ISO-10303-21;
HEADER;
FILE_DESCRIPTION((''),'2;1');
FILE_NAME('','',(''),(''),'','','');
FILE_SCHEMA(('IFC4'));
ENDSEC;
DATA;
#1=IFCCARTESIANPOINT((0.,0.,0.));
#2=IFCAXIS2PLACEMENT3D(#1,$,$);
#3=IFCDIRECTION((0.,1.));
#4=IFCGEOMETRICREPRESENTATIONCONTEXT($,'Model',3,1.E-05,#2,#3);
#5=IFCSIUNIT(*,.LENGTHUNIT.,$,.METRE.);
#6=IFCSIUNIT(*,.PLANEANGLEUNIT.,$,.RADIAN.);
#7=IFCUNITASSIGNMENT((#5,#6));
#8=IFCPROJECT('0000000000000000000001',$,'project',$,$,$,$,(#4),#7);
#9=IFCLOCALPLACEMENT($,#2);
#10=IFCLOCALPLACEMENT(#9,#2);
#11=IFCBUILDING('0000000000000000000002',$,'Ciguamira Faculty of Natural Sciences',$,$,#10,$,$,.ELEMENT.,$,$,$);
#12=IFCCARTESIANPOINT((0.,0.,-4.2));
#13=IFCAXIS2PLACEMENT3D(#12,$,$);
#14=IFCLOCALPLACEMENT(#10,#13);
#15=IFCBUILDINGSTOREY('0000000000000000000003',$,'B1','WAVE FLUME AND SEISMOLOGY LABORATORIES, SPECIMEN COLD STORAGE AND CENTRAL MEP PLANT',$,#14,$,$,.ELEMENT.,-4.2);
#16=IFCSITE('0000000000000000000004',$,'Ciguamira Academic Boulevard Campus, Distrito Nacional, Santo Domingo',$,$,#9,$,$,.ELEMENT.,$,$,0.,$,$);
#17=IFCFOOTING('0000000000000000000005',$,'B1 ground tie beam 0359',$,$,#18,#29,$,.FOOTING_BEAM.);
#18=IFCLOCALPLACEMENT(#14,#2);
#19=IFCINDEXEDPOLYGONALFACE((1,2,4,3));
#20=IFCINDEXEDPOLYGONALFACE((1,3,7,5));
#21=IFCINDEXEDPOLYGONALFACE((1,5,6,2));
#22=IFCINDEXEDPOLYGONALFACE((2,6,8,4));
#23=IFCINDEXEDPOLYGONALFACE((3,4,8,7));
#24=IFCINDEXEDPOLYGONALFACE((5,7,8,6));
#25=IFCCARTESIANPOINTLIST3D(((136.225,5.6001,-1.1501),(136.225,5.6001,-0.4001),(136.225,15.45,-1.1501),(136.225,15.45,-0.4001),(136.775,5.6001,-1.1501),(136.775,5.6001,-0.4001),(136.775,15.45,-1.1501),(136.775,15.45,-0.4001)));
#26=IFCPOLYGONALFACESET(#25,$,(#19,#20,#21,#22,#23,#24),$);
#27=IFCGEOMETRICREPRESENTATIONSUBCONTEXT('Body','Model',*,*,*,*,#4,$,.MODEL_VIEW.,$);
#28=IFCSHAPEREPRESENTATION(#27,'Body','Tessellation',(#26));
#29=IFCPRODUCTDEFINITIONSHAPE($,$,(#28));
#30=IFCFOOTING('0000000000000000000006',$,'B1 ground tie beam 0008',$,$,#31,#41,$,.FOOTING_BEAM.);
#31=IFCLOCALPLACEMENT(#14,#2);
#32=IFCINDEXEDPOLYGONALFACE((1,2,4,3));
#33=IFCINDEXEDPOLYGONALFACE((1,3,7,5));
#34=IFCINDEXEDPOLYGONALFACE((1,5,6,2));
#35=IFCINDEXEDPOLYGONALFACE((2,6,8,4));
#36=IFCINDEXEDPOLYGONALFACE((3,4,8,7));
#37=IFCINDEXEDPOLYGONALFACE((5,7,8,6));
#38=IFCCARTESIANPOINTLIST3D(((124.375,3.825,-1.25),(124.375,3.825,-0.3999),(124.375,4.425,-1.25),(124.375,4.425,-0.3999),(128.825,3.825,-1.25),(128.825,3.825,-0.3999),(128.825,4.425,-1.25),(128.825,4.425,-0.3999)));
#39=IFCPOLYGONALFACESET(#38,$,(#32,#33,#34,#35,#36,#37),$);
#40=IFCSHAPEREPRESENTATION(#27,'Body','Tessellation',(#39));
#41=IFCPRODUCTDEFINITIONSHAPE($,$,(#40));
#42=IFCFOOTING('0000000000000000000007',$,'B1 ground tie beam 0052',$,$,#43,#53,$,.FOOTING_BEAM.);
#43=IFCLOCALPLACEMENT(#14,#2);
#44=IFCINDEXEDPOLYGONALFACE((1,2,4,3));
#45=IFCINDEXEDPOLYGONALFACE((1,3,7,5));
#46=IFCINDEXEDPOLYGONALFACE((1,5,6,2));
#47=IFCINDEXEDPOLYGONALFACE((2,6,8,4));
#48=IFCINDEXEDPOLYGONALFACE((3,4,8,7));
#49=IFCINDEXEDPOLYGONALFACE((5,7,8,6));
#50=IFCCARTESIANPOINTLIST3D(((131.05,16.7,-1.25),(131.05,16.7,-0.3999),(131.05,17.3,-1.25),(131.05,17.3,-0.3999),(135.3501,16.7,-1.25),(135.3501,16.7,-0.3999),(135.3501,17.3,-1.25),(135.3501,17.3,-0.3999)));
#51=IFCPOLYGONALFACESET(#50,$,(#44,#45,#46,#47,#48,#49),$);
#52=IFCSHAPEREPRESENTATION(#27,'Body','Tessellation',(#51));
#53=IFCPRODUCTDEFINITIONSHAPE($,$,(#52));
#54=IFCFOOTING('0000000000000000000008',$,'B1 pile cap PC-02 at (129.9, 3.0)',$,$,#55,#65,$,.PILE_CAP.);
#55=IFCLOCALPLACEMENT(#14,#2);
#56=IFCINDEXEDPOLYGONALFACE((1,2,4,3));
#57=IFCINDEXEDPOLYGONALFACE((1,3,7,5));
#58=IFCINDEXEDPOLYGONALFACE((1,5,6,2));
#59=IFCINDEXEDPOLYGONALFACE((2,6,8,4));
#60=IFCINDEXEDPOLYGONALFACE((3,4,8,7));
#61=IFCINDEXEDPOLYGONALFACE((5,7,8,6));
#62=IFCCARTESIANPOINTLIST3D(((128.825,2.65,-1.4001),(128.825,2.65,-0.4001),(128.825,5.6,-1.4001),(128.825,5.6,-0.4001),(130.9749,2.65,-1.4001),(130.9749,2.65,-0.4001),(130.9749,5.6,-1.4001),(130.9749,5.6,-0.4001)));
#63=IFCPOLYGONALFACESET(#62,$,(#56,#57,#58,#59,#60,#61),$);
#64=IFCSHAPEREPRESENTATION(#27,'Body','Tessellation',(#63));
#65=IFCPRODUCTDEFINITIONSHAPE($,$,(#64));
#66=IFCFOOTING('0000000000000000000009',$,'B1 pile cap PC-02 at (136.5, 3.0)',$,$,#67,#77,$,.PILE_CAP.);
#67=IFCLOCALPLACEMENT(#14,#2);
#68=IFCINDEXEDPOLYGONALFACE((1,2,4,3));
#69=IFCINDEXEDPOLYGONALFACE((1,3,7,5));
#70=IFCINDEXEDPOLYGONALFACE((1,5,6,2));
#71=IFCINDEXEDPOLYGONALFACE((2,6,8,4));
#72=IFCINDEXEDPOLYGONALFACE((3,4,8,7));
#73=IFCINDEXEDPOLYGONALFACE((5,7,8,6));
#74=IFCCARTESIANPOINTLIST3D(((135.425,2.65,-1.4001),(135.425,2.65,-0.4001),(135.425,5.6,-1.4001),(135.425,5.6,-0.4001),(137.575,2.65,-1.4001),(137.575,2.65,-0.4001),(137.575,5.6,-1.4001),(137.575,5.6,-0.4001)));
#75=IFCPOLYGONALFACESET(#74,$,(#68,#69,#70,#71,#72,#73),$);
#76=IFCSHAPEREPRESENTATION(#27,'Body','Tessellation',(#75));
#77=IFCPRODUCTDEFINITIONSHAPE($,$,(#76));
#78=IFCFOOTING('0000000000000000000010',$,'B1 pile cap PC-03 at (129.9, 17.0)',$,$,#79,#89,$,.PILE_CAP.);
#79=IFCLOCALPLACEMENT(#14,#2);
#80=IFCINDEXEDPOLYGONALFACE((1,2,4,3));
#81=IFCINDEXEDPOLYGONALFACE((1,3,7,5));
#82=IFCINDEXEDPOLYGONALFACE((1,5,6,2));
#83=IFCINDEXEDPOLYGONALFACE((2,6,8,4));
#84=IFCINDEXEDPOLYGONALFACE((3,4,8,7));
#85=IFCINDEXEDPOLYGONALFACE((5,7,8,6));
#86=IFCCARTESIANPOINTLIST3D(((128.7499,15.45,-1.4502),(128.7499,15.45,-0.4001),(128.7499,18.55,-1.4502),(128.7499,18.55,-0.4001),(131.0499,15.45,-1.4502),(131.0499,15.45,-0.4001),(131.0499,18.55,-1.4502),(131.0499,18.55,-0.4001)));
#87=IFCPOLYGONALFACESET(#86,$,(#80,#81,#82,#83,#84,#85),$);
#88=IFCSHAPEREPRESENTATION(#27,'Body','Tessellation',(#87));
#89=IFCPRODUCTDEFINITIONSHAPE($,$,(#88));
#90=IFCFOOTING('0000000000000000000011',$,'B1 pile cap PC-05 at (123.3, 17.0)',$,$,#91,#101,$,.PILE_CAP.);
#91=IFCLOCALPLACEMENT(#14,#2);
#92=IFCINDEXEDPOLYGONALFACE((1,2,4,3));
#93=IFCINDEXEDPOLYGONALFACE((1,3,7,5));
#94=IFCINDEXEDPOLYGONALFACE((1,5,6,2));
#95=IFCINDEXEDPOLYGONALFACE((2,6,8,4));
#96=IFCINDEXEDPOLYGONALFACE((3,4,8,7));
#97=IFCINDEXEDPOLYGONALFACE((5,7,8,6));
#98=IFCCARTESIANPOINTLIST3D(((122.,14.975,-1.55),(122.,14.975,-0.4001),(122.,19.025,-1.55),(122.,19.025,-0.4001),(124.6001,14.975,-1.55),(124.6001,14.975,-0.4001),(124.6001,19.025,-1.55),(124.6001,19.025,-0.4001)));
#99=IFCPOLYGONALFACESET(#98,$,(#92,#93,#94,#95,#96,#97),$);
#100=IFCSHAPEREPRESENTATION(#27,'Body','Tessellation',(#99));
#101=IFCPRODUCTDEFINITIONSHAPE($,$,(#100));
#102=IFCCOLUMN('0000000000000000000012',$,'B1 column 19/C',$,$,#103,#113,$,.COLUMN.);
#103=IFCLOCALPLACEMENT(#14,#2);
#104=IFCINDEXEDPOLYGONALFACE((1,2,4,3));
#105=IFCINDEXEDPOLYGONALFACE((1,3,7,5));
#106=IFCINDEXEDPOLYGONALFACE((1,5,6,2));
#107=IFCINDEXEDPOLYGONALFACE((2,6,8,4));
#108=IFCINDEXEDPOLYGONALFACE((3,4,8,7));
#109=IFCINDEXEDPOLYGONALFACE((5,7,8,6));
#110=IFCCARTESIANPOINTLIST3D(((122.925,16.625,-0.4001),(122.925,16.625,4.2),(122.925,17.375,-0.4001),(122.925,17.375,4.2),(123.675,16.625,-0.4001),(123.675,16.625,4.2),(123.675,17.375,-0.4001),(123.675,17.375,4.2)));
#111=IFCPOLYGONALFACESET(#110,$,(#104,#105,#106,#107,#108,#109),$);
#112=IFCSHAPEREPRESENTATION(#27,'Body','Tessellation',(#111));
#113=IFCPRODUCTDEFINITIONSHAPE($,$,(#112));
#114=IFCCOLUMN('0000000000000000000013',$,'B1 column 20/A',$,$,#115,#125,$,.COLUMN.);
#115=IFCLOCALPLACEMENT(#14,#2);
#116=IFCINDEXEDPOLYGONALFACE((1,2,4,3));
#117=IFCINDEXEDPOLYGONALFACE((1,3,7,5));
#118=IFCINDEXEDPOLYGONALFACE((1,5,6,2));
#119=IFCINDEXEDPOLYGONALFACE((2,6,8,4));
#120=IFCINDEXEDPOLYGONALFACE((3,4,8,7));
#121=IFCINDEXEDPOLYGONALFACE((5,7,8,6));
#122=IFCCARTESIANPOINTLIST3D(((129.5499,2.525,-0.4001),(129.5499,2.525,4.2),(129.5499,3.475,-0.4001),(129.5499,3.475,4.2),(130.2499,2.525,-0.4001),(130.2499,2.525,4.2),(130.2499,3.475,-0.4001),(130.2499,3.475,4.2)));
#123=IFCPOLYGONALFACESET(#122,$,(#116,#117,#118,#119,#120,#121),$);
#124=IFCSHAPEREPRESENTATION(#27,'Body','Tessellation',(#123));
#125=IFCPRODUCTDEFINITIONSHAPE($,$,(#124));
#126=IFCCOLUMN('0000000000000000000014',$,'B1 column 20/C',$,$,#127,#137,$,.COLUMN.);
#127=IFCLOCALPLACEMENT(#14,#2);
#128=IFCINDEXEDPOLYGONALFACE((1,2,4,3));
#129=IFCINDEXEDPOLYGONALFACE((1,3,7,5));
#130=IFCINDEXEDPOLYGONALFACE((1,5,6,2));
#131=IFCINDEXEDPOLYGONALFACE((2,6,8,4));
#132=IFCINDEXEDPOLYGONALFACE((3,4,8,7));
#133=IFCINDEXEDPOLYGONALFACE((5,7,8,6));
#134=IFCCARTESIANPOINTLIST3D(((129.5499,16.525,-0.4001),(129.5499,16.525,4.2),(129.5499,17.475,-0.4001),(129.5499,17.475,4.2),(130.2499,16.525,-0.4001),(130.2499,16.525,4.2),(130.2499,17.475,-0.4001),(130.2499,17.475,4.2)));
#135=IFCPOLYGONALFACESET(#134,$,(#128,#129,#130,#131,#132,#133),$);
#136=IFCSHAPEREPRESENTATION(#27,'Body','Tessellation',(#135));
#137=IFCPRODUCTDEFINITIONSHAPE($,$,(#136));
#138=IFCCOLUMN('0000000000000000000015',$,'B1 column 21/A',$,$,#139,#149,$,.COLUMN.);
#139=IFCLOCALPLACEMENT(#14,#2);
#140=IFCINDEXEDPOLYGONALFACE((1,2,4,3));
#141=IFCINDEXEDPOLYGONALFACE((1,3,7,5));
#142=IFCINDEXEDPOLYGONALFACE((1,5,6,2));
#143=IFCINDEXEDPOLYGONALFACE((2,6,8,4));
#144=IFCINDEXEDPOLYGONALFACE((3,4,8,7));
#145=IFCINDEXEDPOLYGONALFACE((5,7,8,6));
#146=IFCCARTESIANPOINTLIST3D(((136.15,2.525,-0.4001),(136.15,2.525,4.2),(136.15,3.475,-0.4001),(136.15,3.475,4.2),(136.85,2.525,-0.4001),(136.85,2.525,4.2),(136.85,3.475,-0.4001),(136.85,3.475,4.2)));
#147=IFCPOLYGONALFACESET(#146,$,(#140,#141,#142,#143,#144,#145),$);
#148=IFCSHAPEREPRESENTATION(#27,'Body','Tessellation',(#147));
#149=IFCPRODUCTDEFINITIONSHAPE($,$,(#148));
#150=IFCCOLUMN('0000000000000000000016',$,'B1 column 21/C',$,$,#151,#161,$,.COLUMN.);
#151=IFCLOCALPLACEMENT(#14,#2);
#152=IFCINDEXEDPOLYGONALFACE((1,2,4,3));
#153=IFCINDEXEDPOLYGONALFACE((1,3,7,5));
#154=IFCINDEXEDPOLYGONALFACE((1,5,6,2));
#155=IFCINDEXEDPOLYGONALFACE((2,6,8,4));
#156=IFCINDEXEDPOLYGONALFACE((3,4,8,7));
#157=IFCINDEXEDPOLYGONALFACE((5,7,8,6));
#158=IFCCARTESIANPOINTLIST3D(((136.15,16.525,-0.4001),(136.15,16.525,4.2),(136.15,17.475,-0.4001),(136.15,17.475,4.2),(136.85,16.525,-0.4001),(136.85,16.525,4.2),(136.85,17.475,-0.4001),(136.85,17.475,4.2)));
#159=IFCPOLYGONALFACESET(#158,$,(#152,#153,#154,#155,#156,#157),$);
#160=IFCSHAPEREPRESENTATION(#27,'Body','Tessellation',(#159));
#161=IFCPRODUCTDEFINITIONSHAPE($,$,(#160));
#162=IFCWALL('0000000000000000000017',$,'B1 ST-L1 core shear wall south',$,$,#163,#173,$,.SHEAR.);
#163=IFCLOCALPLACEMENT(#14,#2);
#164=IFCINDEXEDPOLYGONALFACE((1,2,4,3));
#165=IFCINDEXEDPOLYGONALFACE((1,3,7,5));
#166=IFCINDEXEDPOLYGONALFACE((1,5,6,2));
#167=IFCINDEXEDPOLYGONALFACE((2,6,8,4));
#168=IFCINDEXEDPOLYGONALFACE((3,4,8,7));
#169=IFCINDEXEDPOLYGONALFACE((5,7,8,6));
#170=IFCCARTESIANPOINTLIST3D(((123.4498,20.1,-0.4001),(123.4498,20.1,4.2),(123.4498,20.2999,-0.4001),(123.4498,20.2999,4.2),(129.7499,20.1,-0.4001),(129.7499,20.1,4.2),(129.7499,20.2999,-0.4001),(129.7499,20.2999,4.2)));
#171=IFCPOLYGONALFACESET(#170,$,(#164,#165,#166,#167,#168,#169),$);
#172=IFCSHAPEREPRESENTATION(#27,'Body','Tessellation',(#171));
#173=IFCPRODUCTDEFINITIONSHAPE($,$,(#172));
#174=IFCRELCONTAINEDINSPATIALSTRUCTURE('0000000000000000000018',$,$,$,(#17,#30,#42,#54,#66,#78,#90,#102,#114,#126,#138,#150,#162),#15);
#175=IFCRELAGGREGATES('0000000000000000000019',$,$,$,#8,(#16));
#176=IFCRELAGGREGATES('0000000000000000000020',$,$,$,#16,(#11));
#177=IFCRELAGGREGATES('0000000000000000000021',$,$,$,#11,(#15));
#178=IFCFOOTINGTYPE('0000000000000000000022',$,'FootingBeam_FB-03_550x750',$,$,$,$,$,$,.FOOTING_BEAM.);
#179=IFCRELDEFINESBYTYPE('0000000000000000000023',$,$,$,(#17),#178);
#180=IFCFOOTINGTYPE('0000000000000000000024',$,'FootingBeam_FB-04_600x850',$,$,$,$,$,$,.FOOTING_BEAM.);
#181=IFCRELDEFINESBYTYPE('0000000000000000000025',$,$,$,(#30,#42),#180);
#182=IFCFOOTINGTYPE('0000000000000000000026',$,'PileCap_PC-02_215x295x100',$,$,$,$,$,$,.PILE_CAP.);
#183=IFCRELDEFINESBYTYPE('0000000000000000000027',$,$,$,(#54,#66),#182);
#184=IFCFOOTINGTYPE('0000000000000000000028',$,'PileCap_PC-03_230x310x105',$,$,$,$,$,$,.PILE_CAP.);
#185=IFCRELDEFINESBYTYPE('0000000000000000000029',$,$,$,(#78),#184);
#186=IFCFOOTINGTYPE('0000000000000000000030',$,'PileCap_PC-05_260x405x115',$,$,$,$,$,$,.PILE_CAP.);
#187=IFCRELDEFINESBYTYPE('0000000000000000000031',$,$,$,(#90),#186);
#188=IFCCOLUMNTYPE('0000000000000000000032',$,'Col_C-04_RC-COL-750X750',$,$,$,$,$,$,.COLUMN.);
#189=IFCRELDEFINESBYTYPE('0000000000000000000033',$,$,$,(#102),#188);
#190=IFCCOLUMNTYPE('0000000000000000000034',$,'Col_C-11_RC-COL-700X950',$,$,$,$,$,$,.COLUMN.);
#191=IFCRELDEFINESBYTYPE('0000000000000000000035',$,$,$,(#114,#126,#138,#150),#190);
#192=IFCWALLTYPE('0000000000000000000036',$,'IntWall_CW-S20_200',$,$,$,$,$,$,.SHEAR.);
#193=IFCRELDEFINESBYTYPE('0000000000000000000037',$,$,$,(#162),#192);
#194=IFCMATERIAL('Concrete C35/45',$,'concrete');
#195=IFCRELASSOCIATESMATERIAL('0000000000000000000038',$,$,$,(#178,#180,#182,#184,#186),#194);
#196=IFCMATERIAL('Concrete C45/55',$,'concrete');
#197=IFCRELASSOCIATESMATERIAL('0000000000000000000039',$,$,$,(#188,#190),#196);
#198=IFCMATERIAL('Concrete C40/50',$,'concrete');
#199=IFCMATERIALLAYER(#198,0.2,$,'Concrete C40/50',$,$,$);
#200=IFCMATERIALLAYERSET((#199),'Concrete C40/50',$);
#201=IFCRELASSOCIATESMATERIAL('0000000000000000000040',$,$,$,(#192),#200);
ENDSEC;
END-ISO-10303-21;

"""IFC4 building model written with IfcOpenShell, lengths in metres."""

from ifc_helpers import new_model, si_unit, direction, frame, frame_2d, origin, origin_2d, place, context, subcontext, project, spatial, rectangle, extrude, material, layer, layer_set, material_profile, profile_set, type_object, element, save


model = new_model("IFC4")

# Units and contexts
model_context = context("Model", 3, precision=1e-05, world=origin(), true_north=direction((0.0, 1.0)))
body_context = subcontext(model_context, "Body", "Model", "MODEL_VIEW")
ifc_project = project(units=[si_unit("LENGTHUNIT", "METRE"), si_unit("PLANEANGLEUNIT", "RADIAN")], contexts=[model_context])

# Site, building, storey
site_placement = place(None, origin())
site = spatial("IfcSite", under=ifc_project, at=site_placement, Name="Ciguamira Academic Boulevard Campus, Distrito Nacional, Santo Domingo", CompositionType="ELEMENT", RefElevation=0.0)
building_placement = place(site_placement, origin())
building = spatial("IfcBuilding", under=site, at=building_placement, Name="Ciguamira Faculty of Natural Sciences", CompositionType="ELEMENT")
storey_placement = place(building_placement, frame((0.0, 0.0, -4.2)))
storey = spatial("IfcBuildingStorey", under=building, at=storey_placement, Name="B1", Description="WAVE FLUME AND SEISMOLOGY LABORATORIES, SPECIMEN COLD STORAGE AND CENTRAL MEP PLANT", CompositionType="ELEMENT", Elevation=-4.2)

# Shared definitions
ifc_material_1 = material(Name="Concrete C35/45", Category="concrete")

# Footings
ifc_material_profile_1 = material_profile(ifc_material_1, rectangle(XDim=0.55, YDim=0.75, at=origin_2d()), Name="RC-FB-550X750")
ifc_profile_set_1 = profile_set([ifc_material_profile_1], Name="Concrete C35/45")
footing_type_1 = type_object("IfcFootingType", Name="FootingBeam_FB-03_550x750", PredefinedType="FOOTING_BEAM", material=ifc_profile_set_1)
footing_1_placement = place(storey_placement, frame((136.5, 5.6001, -0.7751), z_axis=(0.0, 1.0, 0.0), x_axis=(-1.0, 0.0, 0.0)))
element("IfcFooting", 1, at=footing_1_placement, inside=storey, type_object=footing_type_1, Name="B1 ground tie beam 0359", PredefinedType="FOOTING_BEAM", context=body_context, shape_type="SweptSolid", body=[
    extrude(rectangle(XDim=0.55, YDim=0.75, at=origin_2d()), origin(), (0.0, 0.0, 1.0), 9.8499),
])
ifc_material_profile_2 = material_profile(ifc_material_1, rectangle(XDim=0.6001, YDim=0.8501, at=origin_2d()), Name="RC-FB-600X850")
ifc_profile_set_2 = profile_set([ifc_material_profile_2], Name="Concrete C35/45")
footing_type_2 = type_object("IfcFootingType", Name="FootingBeam_FB-04_600x850", PredefinedType="FOOTING_BEAM", material=ifc_profile_set_2)
footing_2_placement = place(storey_placement, frame((124.375, 4.125, -0.825), z_axis=(1.0, 0.0, 0.0), x_axis=(0.0, 1.0, 0.0)))
element("IfcFooting", 2, at=footing_2_placement, inside=storey, type_object=footing_type_2, Name="B1 ground tie beam 0008", PredefinedType="FOOTING_BEAM", context=body_context, shape_type="SweptSolid", body=[
    extrude(rectangle(XDim=0.6001, YDim=0.8501, at=origin_2d()), origin(), (0.0, 0.0, 1.0), 4.45),
])
footing_3_placement = place(storey_placement, frame((131.05, 17.0, -0.825), z_axis=(1.0, 0.0, 0.0), x_axis=(0.0, 1.0, 0.0)))
element("IfcFooting", 3, at=footing_3_placement, inside=storey, type_object=footing_type_2, Name="B1 ground tie beam 0052", PredefinedType="FOOTING_BEAM", context=body_context, shape_type="SweptSolid", body=[
    extrude(rectangle(XDim=0.6001, YDim=0.8501, at=origin_2d()), origin(), (0.0, 0.0, 1.0), 4.3),
])
footing_type_3 = type_object("IfcFootingType", Name="PileCap_PC-02_215x295x100", PredefinedType="PILE_CAP", material=ifc_material_1)
for number, where, z_axis, x_axis, name in (
    (4, (129.8999, 4.125, -1.4001), (0.0, 0.0, 1.0), (1.0, 0.0, 0.0), "B1 pile cap PC-02 at (129.9, 3.0)"),
    (5, (136.5, 4.125, -1.4001), (0.0, 0.0, 1.0), (1.0, 0.0, 0.0), "B1 pile cap PC-02 at (136.5, 3.0)"),
):
    element("IfcFooting", number, at=place(storey_placement, frame(where, z_axis=z_axis, x_axis=x_axis)), inside=storey, type_object=footing_type_3, Name=name, PredefinedType="PILE_CAP", context=body_context, shape_type="SweptSolid", body=[
        extrude(rectangle(XDim=2.1499, YDim=2.95, at=origin_2d()), origin(), (0.0, 0.0, 1.0), 1.0),
    ])
footing_type_4 = type_object("IfcFootingType", Name="PileCap_PC-03_230x310x105", PredefinedType="PILE_CAP", material=ifc_material_1)
footing_4_placement = place(storey_placement, frame((129.8999, 17.0, -1.4502), z_axis=(0.0, 0.0, 1.0), x_axis=(1.0, 0.0, 0.0)))
element("IfcFooting", 6, at=footing_4_placement, inside=storey, type_object=footing_type_4, Name="B1 pile cap PC-03 at (129.9, 17.0)", PredefinedType="PILE_CAP", context=body_context, shape_type="SweptSolid", body=[
    extrude(rectangle(XDim=2.3, YDim=3.1001, at=origin_2d()), origin(), (0.0, 0.0, 1.0), 1.05),
])
footing_type_5 = type_object("IfcFootingType", Name="PileCap_PC-05_260x405x115", PredefinedType="PILE_CAP", material=ifc_material_1)
footing_5_placement = place(storey_placement, frame((123.3, 17.0, -1.55), z_axis=(0.0, 0.0, 1.0), x_axis=(1.0, 0.0, 0.0)))
element("IfcFooting", 7, at=footing_5_placement, inside=storey, type_object=footing_type_5, Name="B1 pile cap PC-05 at (123.3, 17.0)", PredefinedType="PILE_CAP", context=body_context, shape_type="SweptSolid", body=[
    extrude(rectangle(XDim=2.6001, YDim=4.05, at=origin_2d()), origin(), (0.0, 0.0, 1.0), 1.1499),
])

# Columns
ifc_material_2 = material(Name="Concrete C45/55", Category="concrete")
ifc_material_profile_3 = material_profile(ifc_material_2, rectangle(XDim=0.75, YDim=0.75, at=origin_2d()), Name="RC-COL-750X750")
ifc_profile_set_3 = profile_set([ifc_material_profile_3], Name="Concrete C45/55")
column_type_1 = type_object("IfcColumnType", Name="Col_C-04_RC-COL-750X750", PredefinedType="COLUMN", material=ifc_profile_set_3)
column_placement = place(storey_placement, frame((123.3, 17.0, -0.4001), z_axis=(0.0, 0.0, 1.0), x_axis=(1.0, 0.0, 0.0)))
element("IfcColumn", 8, at=column_placement, inside=storey, type_object=column_type_1, Name="B1 column 19/C", PredefinedType="COLUMN", context=body_context, shape_type="SweptSolid", body=[
    extrude(rectangle(XDim=0.75, YDim=0.75, at=origin_2d()), origin(), (0.0, 0.0, 1.0), 4.6001),
])
ifc_material_profile_4 = material_profile(ifc_material_2, rectangle(XDim=0.7, YDim=0.95, at=origin_2d()), Name="RC-COL-700X950")
ifc_profile_set_4 = profile_set([ifc_material_profile_4], Name="Concrete C45/55")
column_type_2 = type_object("IfcColumnType", Name="Col_C-11_RC-COL-700X950", PredefinedType="COLUMN", material=ifc_profile_set_4)
for number, where, z_axis, x_axis, name in (
    (9, (129.8999, 3.0, -0.4001), (0.0, 0.0, 1.0), (1.0, 0.0, 0.0), "B1 column 20/A"),
    (10, (129.8999, 17.0, -0.4001), (0.0, 0.0, 1.0), (1.0, 0.0, 0.0), "B1 column 20/C"),
    (11, (136.5, 3.0, -0.4001), (0.0, 0.0, 1.0), (1.0, 0.0, 0.0), "B1 column 21/A"),
    (12, (136.5, 17.0, -0.4001), (0.0, 0.0, 1.0), (1.0, 0.0, 0.0), "B1 column 21/C"),
):
    element("IfcColumn", number, at=place(storey_placement, frame(where, z_axis=z_axis, x_axis=x_axis)), inside=storey, type_object=column_type_2, Name=name, PredefinedType="COLUMN", context=body_context, shape_type="SweptSolid", body=[
        extrude(rectangle(XDim=0.7, YDim=0.95, at=origin_2d()), origin(), (0.0, 0.0, 1.0), 4.6001),
    ])

# Wall
ifc_material_3 = material(Name="Concrete C40/50", Category="concrete")
ifc_layer = layer(ifc_material_3, 0.2, Name="Concrete C40/50")
ifc_layer_set = layer_set([ifc_layer], Name="Concrete C40/50")
wall_type = type_object("IfcWallType", Name="IntWall_CW-S20_200", PredefinedType="SHEAR", material=ifc_layer_set)
wall_placement = place(storey_placement, frame((123.45, 20.2, -0.4001), z_axis=(0.0, 0.0, 1.0), x_axis=(1.0, 0.0, 0.0)))
element("IfcWall", 13, at=wall_placement, inside=storey, type_object=wall_type, Name="B1 ST-L1 core shear wall south", PredefinedType="SHEAR", context=body_context, shape_type="SweptSolid", body=[
    extrude(rectangle(XDim=6.3, YDim=0.2, at=frame_2d((3.1499, 0.0))), origin(), (0.0, 0.0, 1.0), 4.6001),
])

save(model, "model.ifc")
